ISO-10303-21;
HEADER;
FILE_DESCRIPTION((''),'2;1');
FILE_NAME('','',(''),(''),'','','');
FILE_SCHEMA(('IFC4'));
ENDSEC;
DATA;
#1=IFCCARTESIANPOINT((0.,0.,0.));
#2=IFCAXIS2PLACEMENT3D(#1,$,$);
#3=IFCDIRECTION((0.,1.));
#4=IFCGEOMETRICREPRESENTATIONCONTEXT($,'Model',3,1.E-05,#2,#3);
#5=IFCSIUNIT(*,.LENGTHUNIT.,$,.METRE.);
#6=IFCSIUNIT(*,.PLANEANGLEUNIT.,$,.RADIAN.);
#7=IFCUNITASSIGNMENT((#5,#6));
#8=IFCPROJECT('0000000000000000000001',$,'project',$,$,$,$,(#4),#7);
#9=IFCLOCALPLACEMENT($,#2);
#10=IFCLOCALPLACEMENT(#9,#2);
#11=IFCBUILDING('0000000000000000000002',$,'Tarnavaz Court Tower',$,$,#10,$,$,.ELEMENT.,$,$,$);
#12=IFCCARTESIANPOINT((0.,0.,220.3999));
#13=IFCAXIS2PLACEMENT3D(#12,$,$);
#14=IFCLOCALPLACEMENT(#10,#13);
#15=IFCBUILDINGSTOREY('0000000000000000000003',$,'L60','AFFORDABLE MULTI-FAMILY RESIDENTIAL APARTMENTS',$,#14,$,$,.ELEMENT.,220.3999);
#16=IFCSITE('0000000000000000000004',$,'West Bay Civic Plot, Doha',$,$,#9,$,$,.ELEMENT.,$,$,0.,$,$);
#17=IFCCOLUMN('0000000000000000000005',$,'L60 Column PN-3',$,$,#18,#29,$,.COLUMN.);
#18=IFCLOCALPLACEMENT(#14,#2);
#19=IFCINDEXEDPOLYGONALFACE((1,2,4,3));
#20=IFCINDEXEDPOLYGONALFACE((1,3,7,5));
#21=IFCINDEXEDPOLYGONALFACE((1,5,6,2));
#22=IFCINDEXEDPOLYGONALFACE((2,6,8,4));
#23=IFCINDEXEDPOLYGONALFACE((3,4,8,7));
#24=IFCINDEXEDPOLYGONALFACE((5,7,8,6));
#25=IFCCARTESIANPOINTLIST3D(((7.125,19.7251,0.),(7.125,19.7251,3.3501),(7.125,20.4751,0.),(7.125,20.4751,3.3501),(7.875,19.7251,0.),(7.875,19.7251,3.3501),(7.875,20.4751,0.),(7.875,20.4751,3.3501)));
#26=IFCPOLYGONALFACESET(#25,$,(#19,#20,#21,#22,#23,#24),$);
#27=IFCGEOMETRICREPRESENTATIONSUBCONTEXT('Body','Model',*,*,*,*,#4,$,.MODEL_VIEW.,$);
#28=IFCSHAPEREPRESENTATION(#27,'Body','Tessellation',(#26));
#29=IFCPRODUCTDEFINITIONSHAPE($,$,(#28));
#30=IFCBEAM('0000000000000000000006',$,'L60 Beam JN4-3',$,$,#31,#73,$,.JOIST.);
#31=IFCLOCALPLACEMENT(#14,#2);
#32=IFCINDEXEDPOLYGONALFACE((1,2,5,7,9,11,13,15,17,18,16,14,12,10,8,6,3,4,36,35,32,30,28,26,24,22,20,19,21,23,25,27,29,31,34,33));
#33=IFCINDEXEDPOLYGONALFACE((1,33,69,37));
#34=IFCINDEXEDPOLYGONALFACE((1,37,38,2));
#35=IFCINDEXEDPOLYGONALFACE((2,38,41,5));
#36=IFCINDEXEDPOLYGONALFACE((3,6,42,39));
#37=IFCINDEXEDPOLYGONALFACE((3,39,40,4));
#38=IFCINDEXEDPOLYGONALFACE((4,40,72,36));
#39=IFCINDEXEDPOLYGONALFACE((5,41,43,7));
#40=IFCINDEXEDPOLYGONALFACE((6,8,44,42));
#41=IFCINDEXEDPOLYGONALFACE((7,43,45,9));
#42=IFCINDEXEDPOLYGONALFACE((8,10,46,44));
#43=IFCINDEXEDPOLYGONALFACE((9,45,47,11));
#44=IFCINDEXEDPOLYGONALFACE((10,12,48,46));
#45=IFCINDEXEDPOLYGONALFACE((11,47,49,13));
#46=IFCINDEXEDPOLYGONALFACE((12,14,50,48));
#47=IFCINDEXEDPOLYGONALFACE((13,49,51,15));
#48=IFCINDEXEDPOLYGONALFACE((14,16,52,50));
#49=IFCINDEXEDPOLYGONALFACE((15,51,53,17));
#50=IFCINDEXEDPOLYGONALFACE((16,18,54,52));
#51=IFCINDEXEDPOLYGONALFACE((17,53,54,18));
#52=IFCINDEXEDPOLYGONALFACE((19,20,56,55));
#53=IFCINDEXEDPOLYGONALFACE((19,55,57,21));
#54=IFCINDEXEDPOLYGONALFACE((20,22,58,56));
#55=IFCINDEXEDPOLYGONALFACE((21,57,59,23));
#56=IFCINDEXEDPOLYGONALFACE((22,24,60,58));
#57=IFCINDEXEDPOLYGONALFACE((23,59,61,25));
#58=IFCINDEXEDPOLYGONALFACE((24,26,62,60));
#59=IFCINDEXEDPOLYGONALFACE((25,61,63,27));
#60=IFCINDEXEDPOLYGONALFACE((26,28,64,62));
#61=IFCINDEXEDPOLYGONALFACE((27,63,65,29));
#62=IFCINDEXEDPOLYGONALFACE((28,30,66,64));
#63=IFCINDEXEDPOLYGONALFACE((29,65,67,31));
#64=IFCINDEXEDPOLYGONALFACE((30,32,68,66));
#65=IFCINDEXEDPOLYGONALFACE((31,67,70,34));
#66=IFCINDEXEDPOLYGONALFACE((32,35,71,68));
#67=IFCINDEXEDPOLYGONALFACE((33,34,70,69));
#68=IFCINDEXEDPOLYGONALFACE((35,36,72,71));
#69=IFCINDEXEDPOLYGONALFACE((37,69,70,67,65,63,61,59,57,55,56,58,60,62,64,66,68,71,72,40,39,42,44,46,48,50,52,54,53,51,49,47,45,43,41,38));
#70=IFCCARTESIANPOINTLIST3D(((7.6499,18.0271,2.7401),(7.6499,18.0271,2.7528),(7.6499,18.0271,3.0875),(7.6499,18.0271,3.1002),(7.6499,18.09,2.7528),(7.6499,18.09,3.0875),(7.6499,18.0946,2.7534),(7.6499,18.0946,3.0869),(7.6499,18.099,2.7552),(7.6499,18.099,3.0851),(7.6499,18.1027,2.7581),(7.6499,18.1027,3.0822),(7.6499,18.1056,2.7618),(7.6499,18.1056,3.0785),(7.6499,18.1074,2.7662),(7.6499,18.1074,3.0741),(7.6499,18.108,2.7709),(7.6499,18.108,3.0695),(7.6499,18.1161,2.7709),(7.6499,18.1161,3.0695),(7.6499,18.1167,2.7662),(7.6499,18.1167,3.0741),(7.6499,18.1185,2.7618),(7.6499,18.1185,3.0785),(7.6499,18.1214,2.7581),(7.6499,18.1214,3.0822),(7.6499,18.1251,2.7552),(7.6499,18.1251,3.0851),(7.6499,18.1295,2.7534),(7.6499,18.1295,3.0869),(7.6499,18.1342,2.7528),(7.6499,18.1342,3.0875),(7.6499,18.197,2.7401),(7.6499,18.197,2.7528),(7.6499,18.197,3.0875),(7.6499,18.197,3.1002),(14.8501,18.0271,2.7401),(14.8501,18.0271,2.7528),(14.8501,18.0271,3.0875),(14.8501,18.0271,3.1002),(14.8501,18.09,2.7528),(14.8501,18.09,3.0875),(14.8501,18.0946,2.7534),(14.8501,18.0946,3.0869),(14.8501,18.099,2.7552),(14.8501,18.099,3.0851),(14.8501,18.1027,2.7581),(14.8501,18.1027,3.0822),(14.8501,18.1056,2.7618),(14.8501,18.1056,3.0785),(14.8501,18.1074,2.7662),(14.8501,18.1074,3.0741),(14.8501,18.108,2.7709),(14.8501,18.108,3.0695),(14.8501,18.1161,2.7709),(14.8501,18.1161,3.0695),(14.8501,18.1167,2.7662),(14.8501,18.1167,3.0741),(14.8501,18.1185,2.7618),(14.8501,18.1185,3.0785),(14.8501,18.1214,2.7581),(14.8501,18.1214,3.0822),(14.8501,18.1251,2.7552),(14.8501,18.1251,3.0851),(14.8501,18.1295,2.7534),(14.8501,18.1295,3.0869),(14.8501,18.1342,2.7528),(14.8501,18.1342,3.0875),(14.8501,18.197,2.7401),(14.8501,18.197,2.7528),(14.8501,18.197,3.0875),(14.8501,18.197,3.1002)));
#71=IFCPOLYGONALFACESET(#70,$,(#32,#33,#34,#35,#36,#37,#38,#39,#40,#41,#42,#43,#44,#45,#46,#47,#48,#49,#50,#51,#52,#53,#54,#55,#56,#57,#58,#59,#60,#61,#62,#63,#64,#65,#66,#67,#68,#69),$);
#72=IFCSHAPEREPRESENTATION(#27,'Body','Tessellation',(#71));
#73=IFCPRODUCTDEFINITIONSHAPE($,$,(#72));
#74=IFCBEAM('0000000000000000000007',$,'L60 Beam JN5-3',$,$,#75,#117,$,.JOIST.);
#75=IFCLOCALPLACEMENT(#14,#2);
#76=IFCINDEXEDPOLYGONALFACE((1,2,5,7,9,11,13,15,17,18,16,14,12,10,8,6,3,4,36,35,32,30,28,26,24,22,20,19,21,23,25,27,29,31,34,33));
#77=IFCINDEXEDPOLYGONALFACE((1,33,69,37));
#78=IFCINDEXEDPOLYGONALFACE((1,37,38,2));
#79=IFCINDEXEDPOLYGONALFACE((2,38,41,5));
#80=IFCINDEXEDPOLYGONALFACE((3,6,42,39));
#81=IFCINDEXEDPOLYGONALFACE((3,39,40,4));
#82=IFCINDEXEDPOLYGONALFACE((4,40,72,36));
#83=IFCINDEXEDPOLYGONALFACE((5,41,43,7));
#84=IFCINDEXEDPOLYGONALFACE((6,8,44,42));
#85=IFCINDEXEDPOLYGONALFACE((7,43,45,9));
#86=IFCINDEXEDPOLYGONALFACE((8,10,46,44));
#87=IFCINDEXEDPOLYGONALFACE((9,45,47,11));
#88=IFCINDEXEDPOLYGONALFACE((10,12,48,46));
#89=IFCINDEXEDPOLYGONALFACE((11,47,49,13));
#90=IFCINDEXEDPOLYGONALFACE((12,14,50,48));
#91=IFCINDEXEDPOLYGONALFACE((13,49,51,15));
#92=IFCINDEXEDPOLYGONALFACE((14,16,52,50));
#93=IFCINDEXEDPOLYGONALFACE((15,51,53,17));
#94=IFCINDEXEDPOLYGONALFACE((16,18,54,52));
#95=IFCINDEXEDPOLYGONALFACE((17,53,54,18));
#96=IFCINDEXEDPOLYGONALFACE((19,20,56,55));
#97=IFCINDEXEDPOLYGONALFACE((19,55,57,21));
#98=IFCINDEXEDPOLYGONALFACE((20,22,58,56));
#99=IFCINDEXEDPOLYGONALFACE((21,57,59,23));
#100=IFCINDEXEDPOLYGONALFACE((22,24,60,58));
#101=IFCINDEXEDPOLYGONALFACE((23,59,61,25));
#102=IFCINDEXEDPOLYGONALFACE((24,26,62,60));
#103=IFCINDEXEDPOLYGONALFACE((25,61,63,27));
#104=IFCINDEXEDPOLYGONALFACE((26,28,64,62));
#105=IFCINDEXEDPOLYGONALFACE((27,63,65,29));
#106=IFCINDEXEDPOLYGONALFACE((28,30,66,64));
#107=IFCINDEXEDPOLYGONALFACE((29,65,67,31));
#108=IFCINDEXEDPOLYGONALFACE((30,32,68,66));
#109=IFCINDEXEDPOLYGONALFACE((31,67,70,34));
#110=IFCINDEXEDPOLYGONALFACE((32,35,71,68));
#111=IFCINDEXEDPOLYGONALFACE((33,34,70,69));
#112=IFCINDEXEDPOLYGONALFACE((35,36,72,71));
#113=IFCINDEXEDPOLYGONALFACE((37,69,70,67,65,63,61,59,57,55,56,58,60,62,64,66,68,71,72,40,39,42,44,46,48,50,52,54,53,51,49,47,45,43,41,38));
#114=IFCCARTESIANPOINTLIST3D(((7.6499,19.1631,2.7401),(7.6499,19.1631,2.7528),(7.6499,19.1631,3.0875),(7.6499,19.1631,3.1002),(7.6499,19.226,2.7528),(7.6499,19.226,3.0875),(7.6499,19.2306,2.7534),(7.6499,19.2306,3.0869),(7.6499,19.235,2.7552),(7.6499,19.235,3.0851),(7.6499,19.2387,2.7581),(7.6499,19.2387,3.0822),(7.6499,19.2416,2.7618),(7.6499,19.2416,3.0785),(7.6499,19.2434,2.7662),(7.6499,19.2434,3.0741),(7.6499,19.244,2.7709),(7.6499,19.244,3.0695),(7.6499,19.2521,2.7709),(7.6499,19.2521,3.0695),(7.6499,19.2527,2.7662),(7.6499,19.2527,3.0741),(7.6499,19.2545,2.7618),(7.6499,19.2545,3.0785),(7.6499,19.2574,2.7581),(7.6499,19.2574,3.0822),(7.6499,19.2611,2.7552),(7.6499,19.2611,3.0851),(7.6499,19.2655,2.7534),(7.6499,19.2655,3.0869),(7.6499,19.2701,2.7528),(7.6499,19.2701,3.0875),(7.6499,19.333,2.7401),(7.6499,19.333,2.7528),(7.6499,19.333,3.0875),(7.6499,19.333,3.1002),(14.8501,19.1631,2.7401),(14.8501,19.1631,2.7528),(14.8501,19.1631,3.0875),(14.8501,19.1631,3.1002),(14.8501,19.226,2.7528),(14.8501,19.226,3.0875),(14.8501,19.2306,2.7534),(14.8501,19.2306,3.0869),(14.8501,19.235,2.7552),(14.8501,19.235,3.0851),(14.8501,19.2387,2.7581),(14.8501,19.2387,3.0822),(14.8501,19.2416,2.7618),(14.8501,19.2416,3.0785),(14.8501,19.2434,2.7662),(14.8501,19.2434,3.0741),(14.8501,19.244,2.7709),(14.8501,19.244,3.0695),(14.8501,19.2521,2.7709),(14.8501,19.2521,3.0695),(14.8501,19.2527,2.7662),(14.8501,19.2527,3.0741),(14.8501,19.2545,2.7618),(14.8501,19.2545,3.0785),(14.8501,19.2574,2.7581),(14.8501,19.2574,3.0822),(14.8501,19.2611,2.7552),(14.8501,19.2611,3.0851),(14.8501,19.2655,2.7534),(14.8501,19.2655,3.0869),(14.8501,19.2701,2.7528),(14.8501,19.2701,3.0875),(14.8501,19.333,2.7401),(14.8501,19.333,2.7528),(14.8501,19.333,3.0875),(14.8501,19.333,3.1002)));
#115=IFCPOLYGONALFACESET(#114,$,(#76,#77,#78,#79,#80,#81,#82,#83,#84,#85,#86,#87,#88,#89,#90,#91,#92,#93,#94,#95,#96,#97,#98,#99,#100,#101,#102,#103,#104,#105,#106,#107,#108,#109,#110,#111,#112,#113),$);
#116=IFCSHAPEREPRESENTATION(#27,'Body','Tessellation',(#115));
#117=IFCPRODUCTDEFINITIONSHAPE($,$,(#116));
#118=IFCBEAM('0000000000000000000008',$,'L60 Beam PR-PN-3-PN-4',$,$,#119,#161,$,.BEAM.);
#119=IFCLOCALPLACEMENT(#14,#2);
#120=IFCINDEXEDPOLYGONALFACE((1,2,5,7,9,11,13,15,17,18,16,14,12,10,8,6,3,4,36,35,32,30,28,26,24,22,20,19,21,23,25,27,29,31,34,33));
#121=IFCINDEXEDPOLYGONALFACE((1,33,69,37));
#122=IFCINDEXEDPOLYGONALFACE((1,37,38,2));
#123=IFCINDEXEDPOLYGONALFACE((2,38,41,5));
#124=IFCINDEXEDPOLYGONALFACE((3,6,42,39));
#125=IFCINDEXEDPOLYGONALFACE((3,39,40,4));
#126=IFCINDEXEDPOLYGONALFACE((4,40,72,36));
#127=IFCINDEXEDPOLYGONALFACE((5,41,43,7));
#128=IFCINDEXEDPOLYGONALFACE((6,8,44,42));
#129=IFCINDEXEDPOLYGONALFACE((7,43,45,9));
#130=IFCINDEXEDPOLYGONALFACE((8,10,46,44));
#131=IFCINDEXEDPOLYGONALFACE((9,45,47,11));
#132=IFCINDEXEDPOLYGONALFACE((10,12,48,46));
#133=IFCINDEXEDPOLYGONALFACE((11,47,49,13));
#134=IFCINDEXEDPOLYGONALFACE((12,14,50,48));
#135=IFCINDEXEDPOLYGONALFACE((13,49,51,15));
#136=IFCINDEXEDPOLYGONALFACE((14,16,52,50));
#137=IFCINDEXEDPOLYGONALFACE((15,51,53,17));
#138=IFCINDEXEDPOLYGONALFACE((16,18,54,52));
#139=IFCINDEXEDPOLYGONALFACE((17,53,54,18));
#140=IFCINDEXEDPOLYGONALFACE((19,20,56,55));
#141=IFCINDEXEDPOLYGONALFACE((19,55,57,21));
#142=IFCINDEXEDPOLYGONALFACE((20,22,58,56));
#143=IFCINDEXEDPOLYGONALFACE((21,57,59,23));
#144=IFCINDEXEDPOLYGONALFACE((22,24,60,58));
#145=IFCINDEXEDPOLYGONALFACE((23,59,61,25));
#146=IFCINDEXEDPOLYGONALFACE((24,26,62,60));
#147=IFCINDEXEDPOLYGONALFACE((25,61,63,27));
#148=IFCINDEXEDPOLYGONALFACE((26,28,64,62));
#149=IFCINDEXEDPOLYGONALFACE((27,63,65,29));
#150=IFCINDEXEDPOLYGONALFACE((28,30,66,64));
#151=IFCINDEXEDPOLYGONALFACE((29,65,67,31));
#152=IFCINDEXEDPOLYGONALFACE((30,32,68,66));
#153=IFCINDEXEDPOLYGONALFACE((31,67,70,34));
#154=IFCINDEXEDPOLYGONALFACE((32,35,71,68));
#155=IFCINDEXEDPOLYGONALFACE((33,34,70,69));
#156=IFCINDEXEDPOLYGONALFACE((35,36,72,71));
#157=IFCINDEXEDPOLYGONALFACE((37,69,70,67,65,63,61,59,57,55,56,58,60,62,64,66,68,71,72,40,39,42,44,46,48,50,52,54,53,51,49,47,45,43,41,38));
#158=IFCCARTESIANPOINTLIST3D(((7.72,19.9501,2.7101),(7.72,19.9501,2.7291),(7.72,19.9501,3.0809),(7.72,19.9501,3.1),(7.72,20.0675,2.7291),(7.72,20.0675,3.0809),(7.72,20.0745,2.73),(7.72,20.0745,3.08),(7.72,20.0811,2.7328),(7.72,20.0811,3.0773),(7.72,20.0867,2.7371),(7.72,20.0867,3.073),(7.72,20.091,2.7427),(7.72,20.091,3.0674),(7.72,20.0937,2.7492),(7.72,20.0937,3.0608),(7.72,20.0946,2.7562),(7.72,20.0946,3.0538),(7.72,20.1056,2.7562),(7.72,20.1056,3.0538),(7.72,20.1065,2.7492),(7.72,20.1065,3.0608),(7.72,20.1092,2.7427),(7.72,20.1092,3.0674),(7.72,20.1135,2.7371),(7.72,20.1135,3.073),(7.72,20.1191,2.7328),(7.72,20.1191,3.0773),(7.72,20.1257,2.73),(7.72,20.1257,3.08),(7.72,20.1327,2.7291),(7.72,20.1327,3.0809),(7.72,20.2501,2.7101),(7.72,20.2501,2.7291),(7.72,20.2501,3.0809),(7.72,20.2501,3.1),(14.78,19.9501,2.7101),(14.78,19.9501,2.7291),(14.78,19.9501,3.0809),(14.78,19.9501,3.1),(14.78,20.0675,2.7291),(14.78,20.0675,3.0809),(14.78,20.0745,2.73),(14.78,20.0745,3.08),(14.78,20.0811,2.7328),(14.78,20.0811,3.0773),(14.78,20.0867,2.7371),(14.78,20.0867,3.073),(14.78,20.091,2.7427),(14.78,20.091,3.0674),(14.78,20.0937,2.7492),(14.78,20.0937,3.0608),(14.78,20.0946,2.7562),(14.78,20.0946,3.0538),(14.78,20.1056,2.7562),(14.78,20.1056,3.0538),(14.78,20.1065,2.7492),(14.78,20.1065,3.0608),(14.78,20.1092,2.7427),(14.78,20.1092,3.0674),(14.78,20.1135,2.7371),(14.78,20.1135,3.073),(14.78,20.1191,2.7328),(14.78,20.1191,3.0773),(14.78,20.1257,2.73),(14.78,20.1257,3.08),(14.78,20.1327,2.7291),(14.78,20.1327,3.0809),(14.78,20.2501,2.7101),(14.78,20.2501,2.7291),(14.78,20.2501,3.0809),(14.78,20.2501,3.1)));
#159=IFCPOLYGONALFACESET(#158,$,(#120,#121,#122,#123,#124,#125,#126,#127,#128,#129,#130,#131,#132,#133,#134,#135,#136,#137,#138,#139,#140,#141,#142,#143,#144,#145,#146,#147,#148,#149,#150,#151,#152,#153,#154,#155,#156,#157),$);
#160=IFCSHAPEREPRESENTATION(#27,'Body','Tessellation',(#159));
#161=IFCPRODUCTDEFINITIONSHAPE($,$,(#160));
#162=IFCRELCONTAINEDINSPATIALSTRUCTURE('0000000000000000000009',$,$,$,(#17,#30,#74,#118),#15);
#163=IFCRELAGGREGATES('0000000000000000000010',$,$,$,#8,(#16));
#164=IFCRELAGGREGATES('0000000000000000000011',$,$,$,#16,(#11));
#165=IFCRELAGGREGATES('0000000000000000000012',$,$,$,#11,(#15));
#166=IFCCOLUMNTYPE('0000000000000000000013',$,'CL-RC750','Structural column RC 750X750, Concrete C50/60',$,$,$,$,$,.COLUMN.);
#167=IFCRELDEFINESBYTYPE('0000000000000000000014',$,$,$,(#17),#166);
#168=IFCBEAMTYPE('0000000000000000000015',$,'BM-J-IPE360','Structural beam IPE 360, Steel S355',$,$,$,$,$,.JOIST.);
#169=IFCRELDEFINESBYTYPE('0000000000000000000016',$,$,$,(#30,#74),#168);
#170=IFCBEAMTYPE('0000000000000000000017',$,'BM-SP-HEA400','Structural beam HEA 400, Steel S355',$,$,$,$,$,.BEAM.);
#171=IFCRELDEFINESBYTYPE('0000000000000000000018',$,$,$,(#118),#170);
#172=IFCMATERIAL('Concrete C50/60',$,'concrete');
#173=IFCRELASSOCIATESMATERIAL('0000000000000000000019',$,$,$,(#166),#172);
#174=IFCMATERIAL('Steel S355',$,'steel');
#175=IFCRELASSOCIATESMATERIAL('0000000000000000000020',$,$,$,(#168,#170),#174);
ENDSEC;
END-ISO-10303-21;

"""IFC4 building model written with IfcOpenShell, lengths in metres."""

from ifc_helpers import new_model, si_unit, direction, frame, origin, origin_2d, place, context, subcontext, project, spatial, rectangle, i_section, extrude, material, material_profile, profile_set, type_object, element, save


model = new_model("IFC4")

# Units and contexts
model_context = context("Model", 3, precision=1e-05, world=origin(), true_north=direction((0.0, 1.0)))
body_context = subcontext(model_context, "Body", "Model", "MODEL_VIEW")
ifc_project = project(units=[si_unit("LENGTHUNIT", "METRE"), si_unit("PLANEANGLEUNIT", "RADIAN")], contexts=[model_context])

# Site, building, storey
site_placement = place(None, origin())
site = spatial("IfcSite", under=ifc_project, at=site_placement, Name="West Bay Civic Plot, Doha", CompositionType="ELEMENT", RefElevation=0.0)
building_placement = place(site_placement, origin())
building = spatial("IfcBuilding", under=site, at=building_placement, Name="Tarnavaz Court Tower", CompositionType="ELEMENT")
storey_placement = place(building_placement, frame((0.0, 0.0, 220.3999)))
storey = spatial("IfcBuildingStorey", under=building, at=storey_placement, Name="L60", Description="AFFORDABLE MULTI-FAMILY RESIDENTIAL APARTMENTS", CompositionType="ELEMENT", Elevation=220.3999)

# Column
ifc_material_1 = material(Name="Concrete C50/60", Category="concrete")
ifc_material_profile_1 = material_profile(ifc_material_1, rectangle(XDim=0.75, YDim=0.75, at=origin_2d()), Name="RC 750X750")
ifc_profile_set_1 = profile_set([ifc_material_profile_1], Name="Concrete C50/60")
column_type = type_object("IfcColumnType", Name="CL-RC750", Description="Structural column RC 750X750, Concrete C50/60", PredefinedType="COLUMN", material=ifc_profile_set_1)
column_placement = place(storey_placement, frame((7.5, 20.1001, 0.0), z_axis=(0.0, 0.0, 1.0), x_axis=(1.0, 0.0, 0.0)))
element("IfcColumn", 1, at=column_placement, inside=storey, type_object=column_type, Name="L60 Column PN-3", PredefinedType="COLUMN", context=body_context, shape_type="SweptSolid", body=[
    extrude(rectangle(XDim=0.75, YDim=0.75, at=origin_2d()), origin(), (0.0, 0.0, 1.0), 3.3501),
])

# Beams
ifc_material_2 = material(Name="Steel S355", Category="steel")
ifc_material_profile_2 = material_profile(ifc_material_2, i_section(OverallWidth=0.1699, OverallDepth=0.3601, WebThickness=0.0081, FlangeThickness=0.0127, FilletRadius=0.0181, at=origin_2d()), Name="IPE 360")
ifc_profile_set_2 = profile_set([ifc_material_profile_2], Name="Steel S355")
beam_type_1 = type_object("IfcBeamType", Name="BM-J-IPE360", Description="Structural beam IPE 360, Steel S355", PredefinedType="JOIST", material=ifc_profile_set_2)
for number, where, z_axis, x_axis, name in (
    (2, (7.6499, 18.1121, 2.9202), (1.0, 0.0, 0.0), (0.0, 1.0, 0.0), "L60 Beam JN4-3"),
    (3, (7.6499, 19.248, 2.9202), (1.0, 0.0, 0.0), (0.0, 1.0, 0.0), "L60 Beam JN5-3"),
):
    element("IfcBeam", number, at=place(storey_placement, frame(where, z_axis=z_axis, x_axis=x_axis)), inside=storey, type_object=beam_type_1, Name=name, PredefinedType="JOIST", context=body_context, shape_type="SweptSolid", body=[
        extrude(i_section(OverallWidth=0.1699, OverallDepth=0.3601, WebThickness=0.0081, FlangeThickness=0.0127, FilletRadius=0.0181, at=origin_2d()), origin(), (0.0, 0.0, 1.0), 7.2002),
    ])
ifc_material_profile_3 = material_profile(ifc_material_2, i_section(OverallWidth=0.3, OverallDepth=0.3899, WebThickness=0.011, FlangeThickness=0.019, FilletRadius=0.0271, at=origin_2d()), Name="HEA 400")
ifc_profile_set_3 = profile_set([ifc_material_profile_3], Name="Steel S355")
beam_type_2 = type_object("IfcBeamType", Name="BM-SP-HEA400", Description="Structural beam HEA 400, Steel S355", PredefinedType="BEAM", material=ifc_profile_set_3)
beam_placement = place(storey_placement, frame((7.72, 20.1001, 2.905), z_axis=(1.0, 0.0, 0.0), x_axis=(0.0, 1.0, 0.0)))
element("IfcBeam", 4, at=beam_placement, inside=storey, type_object=beam_type_2, Name="L60 Beam PR-PN-3-PN-4", PredefinedType="BEAM", context=body_context, shape_type="SweptSolid", body=[
    extrude(i_section(OverallWidth=0.3, OverallDepth=0.3899, WebThickness=0.011, FlangeThickness=0.019, FilletRadius=0.0271, at=origin_2d()), origin(), (0.0, 0.0, 1.0), 7.0601),
])

save(model, "model.ifc")
